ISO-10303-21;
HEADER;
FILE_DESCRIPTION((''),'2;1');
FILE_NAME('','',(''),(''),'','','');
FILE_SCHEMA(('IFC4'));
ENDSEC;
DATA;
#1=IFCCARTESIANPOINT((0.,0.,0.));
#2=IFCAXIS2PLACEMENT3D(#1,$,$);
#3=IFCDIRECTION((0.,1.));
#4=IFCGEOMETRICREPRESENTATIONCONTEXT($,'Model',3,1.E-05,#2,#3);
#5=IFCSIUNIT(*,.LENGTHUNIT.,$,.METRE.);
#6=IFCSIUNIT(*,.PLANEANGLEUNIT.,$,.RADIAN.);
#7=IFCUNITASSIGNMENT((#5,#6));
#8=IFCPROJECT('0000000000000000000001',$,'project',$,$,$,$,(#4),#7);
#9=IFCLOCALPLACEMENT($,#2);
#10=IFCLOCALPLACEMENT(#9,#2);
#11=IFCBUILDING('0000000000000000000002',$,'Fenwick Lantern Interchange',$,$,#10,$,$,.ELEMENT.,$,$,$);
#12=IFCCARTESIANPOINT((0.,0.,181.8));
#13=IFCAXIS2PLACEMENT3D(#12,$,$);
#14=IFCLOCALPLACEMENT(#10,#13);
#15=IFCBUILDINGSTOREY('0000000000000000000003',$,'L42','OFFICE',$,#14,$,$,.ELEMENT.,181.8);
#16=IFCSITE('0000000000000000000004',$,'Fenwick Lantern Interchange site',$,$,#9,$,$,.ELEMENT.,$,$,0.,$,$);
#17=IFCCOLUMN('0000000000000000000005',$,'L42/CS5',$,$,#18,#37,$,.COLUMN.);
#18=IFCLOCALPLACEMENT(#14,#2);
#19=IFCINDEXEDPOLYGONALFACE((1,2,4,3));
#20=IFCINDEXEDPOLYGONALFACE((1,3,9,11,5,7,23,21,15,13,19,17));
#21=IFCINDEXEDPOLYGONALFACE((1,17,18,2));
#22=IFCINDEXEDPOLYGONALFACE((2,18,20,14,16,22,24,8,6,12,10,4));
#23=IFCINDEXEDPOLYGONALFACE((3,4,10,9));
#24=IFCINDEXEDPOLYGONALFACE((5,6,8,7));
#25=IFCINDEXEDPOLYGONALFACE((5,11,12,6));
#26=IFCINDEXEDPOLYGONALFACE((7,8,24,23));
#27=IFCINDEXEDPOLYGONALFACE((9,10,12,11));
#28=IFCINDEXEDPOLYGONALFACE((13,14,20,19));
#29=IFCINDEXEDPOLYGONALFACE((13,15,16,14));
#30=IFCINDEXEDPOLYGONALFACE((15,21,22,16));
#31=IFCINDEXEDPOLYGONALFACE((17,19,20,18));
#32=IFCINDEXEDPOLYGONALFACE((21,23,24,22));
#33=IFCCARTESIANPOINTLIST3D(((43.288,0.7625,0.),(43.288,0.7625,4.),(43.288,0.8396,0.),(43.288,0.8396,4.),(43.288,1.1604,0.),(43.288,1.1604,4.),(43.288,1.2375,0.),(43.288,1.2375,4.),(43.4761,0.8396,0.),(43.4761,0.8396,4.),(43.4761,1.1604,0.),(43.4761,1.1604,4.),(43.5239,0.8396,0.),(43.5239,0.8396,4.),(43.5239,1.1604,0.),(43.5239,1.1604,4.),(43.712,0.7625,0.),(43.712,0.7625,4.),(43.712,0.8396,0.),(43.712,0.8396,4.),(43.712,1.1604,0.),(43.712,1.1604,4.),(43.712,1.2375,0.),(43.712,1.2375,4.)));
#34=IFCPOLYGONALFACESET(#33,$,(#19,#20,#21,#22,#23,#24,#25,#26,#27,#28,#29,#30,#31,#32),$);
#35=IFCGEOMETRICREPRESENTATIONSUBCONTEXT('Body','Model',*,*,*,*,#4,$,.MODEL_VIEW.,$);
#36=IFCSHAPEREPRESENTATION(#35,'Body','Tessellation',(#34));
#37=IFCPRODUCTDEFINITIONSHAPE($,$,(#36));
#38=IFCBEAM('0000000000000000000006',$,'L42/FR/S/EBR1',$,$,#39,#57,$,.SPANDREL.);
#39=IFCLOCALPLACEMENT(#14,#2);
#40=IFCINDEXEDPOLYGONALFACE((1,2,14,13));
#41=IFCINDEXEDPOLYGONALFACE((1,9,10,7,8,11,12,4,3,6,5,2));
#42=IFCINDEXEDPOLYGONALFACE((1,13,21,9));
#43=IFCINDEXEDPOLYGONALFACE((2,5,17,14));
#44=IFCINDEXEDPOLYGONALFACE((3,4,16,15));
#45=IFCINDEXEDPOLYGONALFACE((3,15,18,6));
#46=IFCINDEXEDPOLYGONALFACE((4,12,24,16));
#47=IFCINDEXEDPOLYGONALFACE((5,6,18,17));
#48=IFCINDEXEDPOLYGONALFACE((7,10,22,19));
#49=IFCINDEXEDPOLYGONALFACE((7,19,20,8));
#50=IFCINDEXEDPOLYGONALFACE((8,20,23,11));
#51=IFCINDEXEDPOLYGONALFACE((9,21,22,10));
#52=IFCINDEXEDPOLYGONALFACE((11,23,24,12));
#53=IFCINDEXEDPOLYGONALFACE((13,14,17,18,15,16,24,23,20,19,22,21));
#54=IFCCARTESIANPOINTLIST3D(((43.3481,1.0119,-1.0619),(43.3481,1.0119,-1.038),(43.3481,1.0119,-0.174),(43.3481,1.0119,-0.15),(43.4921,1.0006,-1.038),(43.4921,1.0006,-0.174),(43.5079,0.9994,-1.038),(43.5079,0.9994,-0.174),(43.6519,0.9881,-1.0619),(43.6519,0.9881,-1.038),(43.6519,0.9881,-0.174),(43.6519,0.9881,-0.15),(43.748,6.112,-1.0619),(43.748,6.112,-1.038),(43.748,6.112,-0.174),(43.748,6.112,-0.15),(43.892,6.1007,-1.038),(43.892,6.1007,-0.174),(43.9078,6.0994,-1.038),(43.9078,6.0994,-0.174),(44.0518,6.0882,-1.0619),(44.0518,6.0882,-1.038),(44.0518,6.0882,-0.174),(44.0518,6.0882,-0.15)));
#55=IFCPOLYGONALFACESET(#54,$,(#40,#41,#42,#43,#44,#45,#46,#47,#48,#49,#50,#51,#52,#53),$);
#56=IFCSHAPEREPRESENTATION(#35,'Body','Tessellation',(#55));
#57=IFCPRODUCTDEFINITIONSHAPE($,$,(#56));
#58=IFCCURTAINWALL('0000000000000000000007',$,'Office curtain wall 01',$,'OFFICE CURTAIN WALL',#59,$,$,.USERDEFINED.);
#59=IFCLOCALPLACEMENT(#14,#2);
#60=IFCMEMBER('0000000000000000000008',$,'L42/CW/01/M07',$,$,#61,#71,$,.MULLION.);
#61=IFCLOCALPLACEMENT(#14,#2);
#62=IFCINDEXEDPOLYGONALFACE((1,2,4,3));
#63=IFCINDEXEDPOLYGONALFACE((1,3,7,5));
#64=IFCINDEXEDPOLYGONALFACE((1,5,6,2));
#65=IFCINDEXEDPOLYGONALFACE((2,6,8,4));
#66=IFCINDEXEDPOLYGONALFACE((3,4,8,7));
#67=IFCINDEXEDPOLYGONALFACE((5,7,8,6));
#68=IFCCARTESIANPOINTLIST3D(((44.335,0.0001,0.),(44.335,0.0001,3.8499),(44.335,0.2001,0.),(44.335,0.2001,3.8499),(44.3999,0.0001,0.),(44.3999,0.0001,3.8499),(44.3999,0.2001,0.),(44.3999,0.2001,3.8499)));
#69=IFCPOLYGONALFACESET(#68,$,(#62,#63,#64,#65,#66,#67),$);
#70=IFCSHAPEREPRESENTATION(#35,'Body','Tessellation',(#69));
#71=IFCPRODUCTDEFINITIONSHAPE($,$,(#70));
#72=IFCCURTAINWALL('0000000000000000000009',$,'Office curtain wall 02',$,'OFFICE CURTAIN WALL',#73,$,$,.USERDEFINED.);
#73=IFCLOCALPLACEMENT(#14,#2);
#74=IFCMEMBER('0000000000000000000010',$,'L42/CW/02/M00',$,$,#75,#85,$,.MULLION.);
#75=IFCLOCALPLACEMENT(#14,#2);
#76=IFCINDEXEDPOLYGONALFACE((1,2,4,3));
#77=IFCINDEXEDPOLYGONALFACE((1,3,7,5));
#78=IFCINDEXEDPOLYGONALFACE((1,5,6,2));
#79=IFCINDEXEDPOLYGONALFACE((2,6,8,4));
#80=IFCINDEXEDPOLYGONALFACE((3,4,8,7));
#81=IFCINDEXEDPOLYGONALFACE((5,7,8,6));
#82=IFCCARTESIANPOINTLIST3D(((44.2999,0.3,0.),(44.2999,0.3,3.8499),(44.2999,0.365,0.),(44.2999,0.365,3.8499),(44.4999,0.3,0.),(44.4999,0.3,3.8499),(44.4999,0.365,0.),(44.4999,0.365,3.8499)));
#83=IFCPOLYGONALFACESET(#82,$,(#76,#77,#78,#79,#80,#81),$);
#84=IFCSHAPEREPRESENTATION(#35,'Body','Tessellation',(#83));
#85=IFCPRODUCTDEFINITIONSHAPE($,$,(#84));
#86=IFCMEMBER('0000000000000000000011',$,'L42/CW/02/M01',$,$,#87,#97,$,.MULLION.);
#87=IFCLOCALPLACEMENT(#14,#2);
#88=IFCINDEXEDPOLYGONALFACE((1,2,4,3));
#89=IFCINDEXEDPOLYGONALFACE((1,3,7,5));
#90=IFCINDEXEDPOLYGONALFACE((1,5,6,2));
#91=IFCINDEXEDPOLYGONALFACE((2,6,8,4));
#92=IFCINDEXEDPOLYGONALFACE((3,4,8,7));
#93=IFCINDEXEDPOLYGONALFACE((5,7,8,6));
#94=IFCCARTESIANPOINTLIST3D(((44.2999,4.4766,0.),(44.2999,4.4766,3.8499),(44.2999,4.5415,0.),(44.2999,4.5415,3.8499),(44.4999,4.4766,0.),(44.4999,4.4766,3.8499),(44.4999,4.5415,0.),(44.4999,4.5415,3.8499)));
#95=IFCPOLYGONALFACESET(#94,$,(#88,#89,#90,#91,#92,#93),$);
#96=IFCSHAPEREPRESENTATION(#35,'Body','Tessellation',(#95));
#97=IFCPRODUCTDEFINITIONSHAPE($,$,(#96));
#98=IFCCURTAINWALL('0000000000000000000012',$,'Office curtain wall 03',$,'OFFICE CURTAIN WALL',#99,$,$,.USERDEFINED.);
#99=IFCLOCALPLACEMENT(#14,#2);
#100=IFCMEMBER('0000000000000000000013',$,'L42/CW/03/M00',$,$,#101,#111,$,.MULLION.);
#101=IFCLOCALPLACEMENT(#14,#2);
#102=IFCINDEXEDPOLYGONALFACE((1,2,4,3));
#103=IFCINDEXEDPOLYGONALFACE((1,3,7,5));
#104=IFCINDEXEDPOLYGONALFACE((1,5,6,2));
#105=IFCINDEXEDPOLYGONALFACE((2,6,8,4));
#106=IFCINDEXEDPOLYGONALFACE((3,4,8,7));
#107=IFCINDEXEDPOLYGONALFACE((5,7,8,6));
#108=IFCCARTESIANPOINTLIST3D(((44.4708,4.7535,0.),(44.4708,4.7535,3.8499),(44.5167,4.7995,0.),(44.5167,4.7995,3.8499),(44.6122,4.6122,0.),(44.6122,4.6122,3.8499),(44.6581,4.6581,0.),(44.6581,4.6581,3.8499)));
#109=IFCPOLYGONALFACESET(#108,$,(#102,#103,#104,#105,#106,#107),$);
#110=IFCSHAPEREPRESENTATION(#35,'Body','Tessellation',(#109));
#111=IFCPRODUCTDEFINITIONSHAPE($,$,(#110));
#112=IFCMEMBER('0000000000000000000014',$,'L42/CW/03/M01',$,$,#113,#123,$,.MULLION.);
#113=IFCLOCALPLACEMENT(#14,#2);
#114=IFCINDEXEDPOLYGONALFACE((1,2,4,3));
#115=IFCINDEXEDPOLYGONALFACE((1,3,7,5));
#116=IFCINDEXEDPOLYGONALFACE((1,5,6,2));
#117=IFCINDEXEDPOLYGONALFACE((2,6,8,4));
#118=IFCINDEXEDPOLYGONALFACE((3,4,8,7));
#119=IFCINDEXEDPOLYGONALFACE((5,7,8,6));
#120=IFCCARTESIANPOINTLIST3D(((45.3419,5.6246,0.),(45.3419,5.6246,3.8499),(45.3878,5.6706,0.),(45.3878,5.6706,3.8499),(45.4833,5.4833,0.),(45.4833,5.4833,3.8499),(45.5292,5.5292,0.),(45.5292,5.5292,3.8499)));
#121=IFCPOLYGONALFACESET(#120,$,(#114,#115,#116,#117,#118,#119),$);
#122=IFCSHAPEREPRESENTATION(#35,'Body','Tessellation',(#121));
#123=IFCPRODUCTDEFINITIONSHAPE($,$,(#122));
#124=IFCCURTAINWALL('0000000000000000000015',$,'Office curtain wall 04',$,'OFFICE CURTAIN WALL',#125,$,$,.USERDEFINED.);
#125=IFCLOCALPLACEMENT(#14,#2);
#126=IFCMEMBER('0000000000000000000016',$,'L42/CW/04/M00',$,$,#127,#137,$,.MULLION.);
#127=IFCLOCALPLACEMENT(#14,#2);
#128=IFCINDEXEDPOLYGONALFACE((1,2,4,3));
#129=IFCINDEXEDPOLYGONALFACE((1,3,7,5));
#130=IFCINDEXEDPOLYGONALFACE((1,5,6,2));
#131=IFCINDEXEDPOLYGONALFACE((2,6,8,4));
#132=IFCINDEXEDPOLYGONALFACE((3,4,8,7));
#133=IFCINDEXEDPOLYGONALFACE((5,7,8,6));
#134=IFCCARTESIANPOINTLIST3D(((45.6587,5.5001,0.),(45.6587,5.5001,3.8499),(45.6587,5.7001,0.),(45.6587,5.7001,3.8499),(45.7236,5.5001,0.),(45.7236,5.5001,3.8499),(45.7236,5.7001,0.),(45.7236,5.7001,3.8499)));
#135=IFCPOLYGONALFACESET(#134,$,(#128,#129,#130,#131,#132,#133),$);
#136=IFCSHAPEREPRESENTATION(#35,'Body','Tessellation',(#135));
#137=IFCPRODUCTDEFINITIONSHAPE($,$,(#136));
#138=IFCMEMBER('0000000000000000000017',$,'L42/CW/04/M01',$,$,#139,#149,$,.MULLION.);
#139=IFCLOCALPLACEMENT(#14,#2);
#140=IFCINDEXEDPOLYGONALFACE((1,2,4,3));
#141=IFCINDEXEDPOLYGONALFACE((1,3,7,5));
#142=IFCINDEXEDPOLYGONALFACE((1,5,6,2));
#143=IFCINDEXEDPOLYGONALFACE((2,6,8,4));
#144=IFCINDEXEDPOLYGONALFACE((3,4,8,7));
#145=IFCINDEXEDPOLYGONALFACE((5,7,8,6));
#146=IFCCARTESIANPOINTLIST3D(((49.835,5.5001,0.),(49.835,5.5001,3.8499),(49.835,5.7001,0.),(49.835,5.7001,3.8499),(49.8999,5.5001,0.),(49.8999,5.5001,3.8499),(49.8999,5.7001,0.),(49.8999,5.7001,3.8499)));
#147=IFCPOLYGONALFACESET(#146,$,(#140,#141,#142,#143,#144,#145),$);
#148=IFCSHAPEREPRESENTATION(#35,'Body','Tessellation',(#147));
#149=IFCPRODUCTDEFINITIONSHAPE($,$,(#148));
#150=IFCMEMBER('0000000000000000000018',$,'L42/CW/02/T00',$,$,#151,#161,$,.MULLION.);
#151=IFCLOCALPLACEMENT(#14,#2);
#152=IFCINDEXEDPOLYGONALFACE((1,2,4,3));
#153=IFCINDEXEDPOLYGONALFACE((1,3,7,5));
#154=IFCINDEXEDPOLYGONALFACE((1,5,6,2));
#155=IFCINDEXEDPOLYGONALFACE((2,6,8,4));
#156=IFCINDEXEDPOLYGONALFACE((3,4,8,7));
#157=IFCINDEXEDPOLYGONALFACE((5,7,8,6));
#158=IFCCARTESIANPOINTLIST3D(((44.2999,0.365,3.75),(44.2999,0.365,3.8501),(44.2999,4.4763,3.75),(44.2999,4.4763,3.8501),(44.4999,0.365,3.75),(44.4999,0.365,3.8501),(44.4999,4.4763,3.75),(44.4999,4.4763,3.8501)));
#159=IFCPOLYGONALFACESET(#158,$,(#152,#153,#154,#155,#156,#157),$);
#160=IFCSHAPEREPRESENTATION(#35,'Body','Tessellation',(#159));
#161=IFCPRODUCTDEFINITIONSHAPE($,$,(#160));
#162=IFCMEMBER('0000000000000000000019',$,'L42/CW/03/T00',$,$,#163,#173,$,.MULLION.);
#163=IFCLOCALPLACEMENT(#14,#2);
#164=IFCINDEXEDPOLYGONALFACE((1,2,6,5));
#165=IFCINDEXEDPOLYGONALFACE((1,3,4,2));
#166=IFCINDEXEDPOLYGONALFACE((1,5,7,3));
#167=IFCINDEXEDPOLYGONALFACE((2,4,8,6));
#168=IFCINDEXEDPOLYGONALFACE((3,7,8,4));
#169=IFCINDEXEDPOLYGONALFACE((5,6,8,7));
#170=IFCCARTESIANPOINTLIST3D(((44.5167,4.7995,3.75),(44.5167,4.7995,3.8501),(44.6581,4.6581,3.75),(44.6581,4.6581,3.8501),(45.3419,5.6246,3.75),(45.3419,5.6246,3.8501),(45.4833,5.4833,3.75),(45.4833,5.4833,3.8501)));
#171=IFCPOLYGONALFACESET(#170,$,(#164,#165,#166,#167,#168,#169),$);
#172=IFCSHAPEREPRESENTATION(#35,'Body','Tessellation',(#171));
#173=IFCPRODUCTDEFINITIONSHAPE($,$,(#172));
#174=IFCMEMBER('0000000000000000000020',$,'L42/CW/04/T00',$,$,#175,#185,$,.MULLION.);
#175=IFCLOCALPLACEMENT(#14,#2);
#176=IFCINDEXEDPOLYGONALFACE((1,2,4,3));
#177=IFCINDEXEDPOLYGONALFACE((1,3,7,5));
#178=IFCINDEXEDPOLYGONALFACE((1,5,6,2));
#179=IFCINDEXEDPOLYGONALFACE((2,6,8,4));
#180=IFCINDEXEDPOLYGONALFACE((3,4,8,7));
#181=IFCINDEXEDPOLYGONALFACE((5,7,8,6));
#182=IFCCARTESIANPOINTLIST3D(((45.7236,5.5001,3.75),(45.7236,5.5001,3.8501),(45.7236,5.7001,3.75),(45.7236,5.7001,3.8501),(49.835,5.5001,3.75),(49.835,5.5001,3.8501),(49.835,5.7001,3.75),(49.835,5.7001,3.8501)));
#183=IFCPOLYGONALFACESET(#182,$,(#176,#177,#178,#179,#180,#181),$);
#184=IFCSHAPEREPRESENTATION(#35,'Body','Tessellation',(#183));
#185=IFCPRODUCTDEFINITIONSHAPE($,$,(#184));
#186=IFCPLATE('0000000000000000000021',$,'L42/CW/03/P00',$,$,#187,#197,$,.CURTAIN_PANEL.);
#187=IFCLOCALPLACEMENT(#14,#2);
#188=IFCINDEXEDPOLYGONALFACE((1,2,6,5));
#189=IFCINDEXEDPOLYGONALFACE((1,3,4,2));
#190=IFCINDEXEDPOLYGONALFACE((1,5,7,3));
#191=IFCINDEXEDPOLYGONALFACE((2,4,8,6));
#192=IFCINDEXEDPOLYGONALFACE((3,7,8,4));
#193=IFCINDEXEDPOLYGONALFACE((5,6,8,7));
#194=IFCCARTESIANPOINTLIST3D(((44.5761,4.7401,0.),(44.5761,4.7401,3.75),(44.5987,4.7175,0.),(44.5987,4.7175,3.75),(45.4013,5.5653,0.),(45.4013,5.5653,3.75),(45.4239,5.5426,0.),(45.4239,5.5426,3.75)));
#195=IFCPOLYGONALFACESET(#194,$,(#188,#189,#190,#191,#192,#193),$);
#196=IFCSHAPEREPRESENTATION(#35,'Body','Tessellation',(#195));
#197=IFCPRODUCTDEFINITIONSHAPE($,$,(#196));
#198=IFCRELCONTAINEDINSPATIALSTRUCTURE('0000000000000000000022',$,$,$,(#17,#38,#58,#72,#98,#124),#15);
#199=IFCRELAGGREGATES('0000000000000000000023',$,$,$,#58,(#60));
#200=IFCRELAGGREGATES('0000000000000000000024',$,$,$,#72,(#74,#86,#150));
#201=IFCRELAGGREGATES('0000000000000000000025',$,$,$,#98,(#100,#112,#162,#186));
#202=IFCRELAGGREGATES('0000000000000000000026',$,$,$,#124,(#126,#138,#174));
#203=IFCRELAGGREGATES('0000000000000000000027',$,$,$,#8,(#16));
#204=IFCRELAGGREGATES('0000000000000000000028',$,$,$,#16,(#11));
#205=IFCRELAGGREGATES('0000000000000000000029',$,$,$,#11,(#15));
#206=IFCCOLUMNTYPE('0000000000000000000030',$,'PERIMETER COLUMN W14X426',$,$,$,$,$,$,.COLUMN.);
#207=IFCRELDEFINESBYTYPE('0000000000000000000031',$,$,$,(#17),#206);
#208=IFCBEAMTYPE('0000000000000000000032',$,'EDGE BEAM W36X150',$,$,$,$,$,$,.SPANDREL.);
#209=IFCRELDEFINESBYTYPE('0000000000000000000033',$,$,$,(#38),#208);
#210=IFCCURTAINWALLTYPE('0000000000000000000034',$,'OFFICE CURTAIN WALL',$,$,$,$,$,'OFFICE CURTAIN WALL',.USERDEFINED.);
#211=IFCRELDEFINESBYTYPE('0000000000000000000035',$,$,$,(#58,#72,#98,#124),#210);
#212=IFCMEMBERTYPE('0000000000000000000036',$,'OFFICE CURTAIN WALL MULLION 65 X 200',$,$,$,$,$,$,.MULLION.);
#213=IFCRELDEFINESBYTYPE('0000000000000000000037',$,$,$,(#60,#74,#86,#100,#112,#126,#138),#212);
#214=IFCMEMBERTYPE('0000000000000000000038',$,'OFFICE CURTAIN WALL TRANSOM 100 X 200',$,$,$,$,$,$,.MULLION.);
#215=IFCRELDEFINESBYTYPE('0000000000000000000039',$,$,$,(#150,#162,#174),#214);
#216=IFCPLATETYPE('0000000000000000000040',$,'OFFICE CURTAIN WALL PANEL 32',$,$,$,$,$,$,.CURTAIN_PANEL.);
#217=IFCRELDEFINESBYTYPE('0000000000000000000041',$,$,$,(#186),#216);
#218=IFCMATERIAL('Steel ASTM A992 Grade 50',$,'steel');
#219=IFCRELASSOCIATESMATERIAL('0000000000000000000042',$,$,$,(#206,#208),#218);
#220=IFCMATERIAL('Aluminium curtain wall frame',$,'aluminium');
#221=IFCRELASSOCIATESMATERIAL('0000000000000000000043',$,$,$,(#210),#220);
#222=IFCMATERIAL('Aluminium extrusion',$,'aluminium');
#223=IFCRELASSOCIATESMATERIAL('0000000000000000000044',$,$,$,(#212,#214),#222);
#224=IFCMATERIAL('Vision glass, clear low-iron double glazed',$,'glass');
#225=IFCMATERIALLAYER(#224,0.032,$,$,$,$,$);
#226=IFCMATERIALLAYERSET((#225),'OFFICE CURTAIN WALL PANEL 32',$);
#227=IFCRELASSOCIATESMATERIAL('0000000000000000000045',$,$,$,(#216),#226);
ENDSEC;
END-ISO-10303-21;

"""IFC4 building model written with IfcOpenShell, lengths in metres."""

from ifc_helpers import new_model, si_unit, direction, frame, origin, origin_2d, place, context, subcontext, project, spatial, rectangle, i_section, extrude, material, layer, layer_set, material_profile, profile_set, type_object, element, aggregate, save


model = new_model("IFC4")

# Units and contexts
model_context = context("Model", 3, precision=1e-05, world=origin(), true_north=direction((0.0, 1.0)))
body_context = subcontext(model_context, "Body", "Model", "MODEL_VIEW")
ifc_project = project(units=[si_unit("LENGTHUNIT", "METRE"), si_unit("PLANEANGLEUNIT", "RADIAN")], contexts=[model_context])

# Site, building, storey
site_placement = place(None, origin())
site = spatial("IfcSite", under=ifc_project, at=site_placement, Name="Fenwick Lantern Interchange site", CompositionType="ELEMENT", RefElevation=0.0)
building_placement = place(site_placement, origin())
building = spatial("IfcBuilding", under=site, at=building_placement, Name="Fenwick Lantern Interchange", CompositionType="ELEMENT")
storey_placement = place(building_placement, frame((0.0, 0.0, 181.8)))
storey = spatial("IfcBuildingStorey", under=building, at=storey_placement, Name="L42", Description="OFFICE", CompositionType="ELEMENT", Elevation=181.8)

# Column
ifc_material_1 = material(Name="Steel ASTM A992 Grade 50", Category="steel")
ifc_material_profile_1 = material_profile(ifc_material_1, i_section(OverallWidth=0.4241, OverallDepth=0.4751, WebThickness=0.0479, FlangeThickness=0.0771, at=origin_2d()), Name="W14X426")
ifc_profile_set_1 = profile_set([ifc_material_profile_1], Name="Steel ASTM A992 Grade 50")
column_type = type_object("IfcColumnType", Name="PERIMETER COLUMN W14X426", PredefinedType="COLUMN", material=ifc_profile_set_1)
column_placement = place(storey_placement, frame((43.5, 1.0, 0.0), z_axis=(0.0, 0.0, 1.0), x_axis=(1.0, 0.0, 0.0)))
element("IfcColumn", 1, at=column_placement, inside=storey, type_object=column_type, Name="L42/CS5", PredefinedType="COLUMN", context=body_context, shape_type="SweptSolid", body=[
    extrude(i_section(OverallWidth=0.4241, OverallDepth=0.4751, WebThickness=0.0479, FlangeThickness=0.0771, at=origin_2d()), origin(), (0.0, 0.0, 1.0), 4.0),
])

# Beam
ifc_material_profile_2 = material_profile(ifc_material_1, i_section(OverallWidth=0.3047, OverallDepth=0.9119, WebThickness=0.0159, FlangeThickness=0.0239, at=origin_2d()), Name="W36X150")
ifc_profile_set_2 = profile_set([ifc_material_profile_2], Name="Steel ASTM A992 Grade 50")
beam_type = type_object("IfcBeamType", Name="EDGE BEAM W36X150", PredefinedType="SPANDREL", material=ifc_profile_set_2)
beam_placement = place(storey_placement, frame((43.5, 1.0, -0.606), z_axis=(0.078171, 0.99694, 0.0), x_axis=(-0.99694, 0.078171, 0.0)))
element("IfcBeam", 2, at=beam_placement, inside=storey, type_object=beam_type, Name="L42/FR/S/EBR1", PredefinedType="SPANDREL", context=body_context, shape_type="SweptSolid", body=[
    extrude(i_section(OverallWidth=0.3047, OverallDepth=0.9119, WebThickness=0.0159, FlangeThickness=0.0239, at=origin_2d()), origin(), (0.0, 0.0, 1.0), 5.1157),
])

# Curtain wall, member
ifc_material_2 = material(Name="Aluminium curtain wall frame", Category="aluminium")
curtain_wall_type = type_object("IfcCurtainWallType", Name="OFFICE CURTAIN WALL", ElementType="OFFICE CURTAIN WALL", PredefinedType="USERDEFINED", material=ifc_material_2)
curtain_wall_1_placement = place(storey_placement, origin())
curtain_wall_1 = element("IfcCurtainWall", 3, at=curtain_wall_1_placement, inside=storey, type_object=curtain_wall_type, Name="Office curtain wall 01", ObjectType="OFFICE CURTAIN WALL", PredefinedType="USERDEFINED")
ifc_material_3 = material(Name="Aluminium extrusion", Category="aluminium")
ifc_material_profile_3 = material_profile(ifc_material_3, rectangle(XDim=0.2, YDim=0.0649, at=origin_2d()), Name="OFFICE CURTAIN WALL MULLION 65 X 200")
ifc_profile_set_3 = profile_set([ifc_material_profile_3], Name="Aluminium extrusion")
member_type_1 = type_object("IfcMemberType", Name="OFFICE CURTAIN WALL MULLION 65 X 200", PredefinedType="MULLION", material=ifc_profile_set_3)
member_1_placement = place(storey_placement, frame((44.3674, 0.1001, 0.0), z_axis=(0.0, 0.0, 1.0), x_axis=(0.0, 1.0, 0.0)))
member_1 = element("IfcMember", 4, at=member_1_placement, type_object=member_type_1, Name="L42/CW/01/M07", PredefinedType="MULLION", context=body_context, shape_type="SweptSolid", body=[
    extrude(rectangle(XDim=0.2, YDim=0.0649, at=origin_2d()), origin(), (0.0, 0.0, 1.0), 3.8499),
])
aggregate(curtain_wall_1, [member_1])

# Curtain walls, members
curtain_wall_2_placement = place(storey_placement, origin())
curtain_wall_2 = element("IfcCurtainWall", 5, at=curtain_wall_2_placement, inside=storey, type_object=curtain_wall_type, Name="Office curtain wall 02", ObjectType="OFFICE CURTAIN WALL", PredefinedType="USERDEFINED")
member_2_placement = place(storey_placement, frame((44.3999, 0.3325, 0.0), z_axis=(0.0, 0.0, 1.0), x_axis=(-1.0, 0.0, 0.0)))
member_2 = element("IfcMember", 6, at=member_2_placement, type_object=member_type_1, Name="L42/CW/02/M00", PredefinedType="MULLION", context=body_context, shape_type="SweptSolid", body=[
    extrude(rectangle(XDim=0.2, YDim=0.0649, at=origin_2d()), origin(), (0.0, 0.0, 1.0), 3.8499),
])
member_3_placement = place(storey_placement, frame((44.3999, 4.509, 0.0), z_axis=(0.0, 0.0, 1.0), x_axis=(-1.0, 0.0, 0.0)))
member_3 = element("IfcMember", 7, at=member_3_placement, type_object=member_type_1, Name="L42/CW/02/M01", PredefinedType="MULLION", context=body_context, shape_type="SweptSolid", body=[
    extrude(rectangle(XDim=0.2, YDim=0.0649, at=origin_2d()), origin(), (0.0, 0.0, 1.0), 3.8499),
])
curtain_wall_3_placement = place(storey_placement, origin())
curtain_wall_3 = element("IfcCurtainWall", 8, at=curtain_wall_3_placement, inside=storey, type_object=curtain_wall_type, Name="Office curtain wall 03", ObjectType="OFFICE CURTAIN WALL", PredefinedType="USERDEFINED")
member_4_placement = place(storey_placement, frame((44.5645, 4.7058, 0.0), z_axis=(0.0, 0.0, 1.0), x_axis=(-0.707107, 0.707107, 0.0)))
member_4 = element("IfcMember", 9, at=member_4_placement, type_object=member_type_1, Name="L42/CW/03/M00", PredefinedType="MULLION", context=body_context, shape_type="SweptSolid", body=[
    extrude(rectangle(XDim=0.2, YDim=0.0649, at=origin_2d()), origin(), (0.0, 0.0, 1.0), 3.8499),
])
member_5_placement = place(storey_placement, frame((45.4355, 5.5769, 0.0), z_axis=(0.0, 0.0, 1.0), x_axis=(-0.707107, 0.707107, 0.0)))
member_5 = element("IfcMember", 10, at=member_5_placement, type_object=member_type_1, Name="L42/CW/03/M01", PredefinedType="MULLION", context=body_context, shape_type="SweptSolid", body=[
    extrude(rectangle(XDim=0.2, YDim=0.0649, at=origin_2d()), origin(), (0.0, 0.0, 1.0), 3.8499),
])
curtain_wall_4_placement = place(storey_placement, origin())
curtain_wall_4 = element("IfcCurtainWall", 11, at=curtain_wall_4_placement, inside=storey, type_object=curtain_wall_type, Name="Office curtain wall 04", ObjectType="OFFICE CURTAIN WALL", PredefinedType="USERDEFINED")
member_6_placement = place(storey_placement, frame((45.6912, 5.6001, 0.0), z_axis=(0.0, 0.0, 1.0), x_axis=(0.0, 1.0, 0.0)))
member_6 = element("IfcMember", 12, at=member_6_placement, type_object=member_type_1, Name="L42/CW/04/M00", PredefinedType="MULLION", context=body_context, shape_type="SweptSolid", body=[
    extrude(rectangle(XDim=0.2, YDim=0.0649, at=origin_2d()), origin(), (0.0, 0.0, 1.0), 3.8499),
])
member_7_placement = place(storey_placement, frame((49.8674, 5.6001, 0.0), z_axis=(0.0, 0.0, 1.0), x_axis=(0.0, 1.0, 0.0)))
member_7 = element("IfcMember", 13, at=member_7_placement, type_object=member_type_1, Name="L42/CW/04/M01", PredefinedType="MULLION", context=body_context, shape_type="SweptSolid", body=[
    extrude(rectangle(XDim=0.2, YDim=0.0649, at=origin_2d()), origin(), (0.0, 0.0, 1.0), 3.8499),
])

# Members
ifc_material_profile_4 = material_profile(ifc_material_3, rectangle(XDim=0.2, YDim=0.1001, at=origin_2d()), Name="OFFICE CURTAIN WALL TRANSOM 100 X 200")
ifc_profile_set_4 = profile_set([ifc_material_profile_4], Name="Aluminium extrusion")
member_type_2 = type_object("IfcMemberType", Name="OFFICE CURTAIN WALL TRANSOM 100 X 200", PredefinedType="MULLION", material=ifc_profile_set_4)
member_8_placement = place(storey_placement, frame((44.3999, 0.365, 3.8), z_axis=(0.0, 1.0, 0.0), x_axis=(-1.0, 0.0, 0.0)))
member_8 = element("IfcMember", 14, at=member_8_placement, type_object=member_type_2, Name="L42/CW/02/T00", PredefinedType="MULLION", context=body_context, shape_type="SweptSolid", body=[
    extrude(rectangle(XDim=0.2, YDim=0.1001, at=origin_2d()), origin(), (0.0, 0.0, 1.0), 4.1113),
])
member_9_placement = place(storey_placement, frame((44.5874, 4.7288, 3.8), z_axis=(0.707107, 0.707107, 0.0), x_axis=(-0.707107, 0.707107, 0.0)))
member_9 = element("IfcMember", 15, at=member_9_placement, type_object=member_type_2, Name="L42/CW/03/T00", PredefinedType="MULLION", context=body_context, shape_type="SweptSolid", body=[
    extrude(rectangle(XDim=0.2, YDim=0.1001, at=origin_2d()), origin(), (0.0, 0.0, 1.0), 1.167),
])
member_10_placement = place(storey_placement, frame((45.7236, 5.6001, 3.8), z_axis=(1.0, 0.0, 0.0), x_axis=(0.0, 1.0, 0.0)))
member_10 = element("IfcMember", 16, at=member_10_placement, type_object=member_type_2, Name="L42/CW/04/T00", PredefinedType="MULLION", context=body_context, shape_type="SweptSolid", body=[
    extrude(rectangle(XDim=0.2, YDim=0.1001, at=origin_2d()), origin(), (0.0, 0.0, 1.0), 4.1113),
])

# Plate
ifc_material_4 = material(Name="Vision glass, clear low-iron double glazed", Category="glass")
ifc_layer_1 = layer(ifc_material_4, 0.032)
ifc_layer_set_1 = layer_set([ifc_layer_1], Name="OFFICE CURTAIN WALL PANEL 32")
plate_type = type_object("IfcPlateType", Name="OFFICE CURTAIN WALL PANEL 32", PredefinedType="CURTAIN_PANEL", material=ifc_layer_set_1)
aggregate(curtain_wall_2, [member_2, member_3, member_8])
plate_1_placement = place(storey_placement, frame((45.0, 5.1414, 0.0), z_axis=(0.0, 0.0, 1.0), x_axis=(0.707107, 0.707107, 0.0)))
plate_1 = element("IfcPlate", 17, at=plate_1_placement, type_object=plate_type, Name="L42/CW/03/P00", PredefinedType="CURTAIN_PANEL", context=body_context, shape_type="SweptSolid", body=[
    extrude(rectangle(XDim=1.167, YDim=0.032, at=origin_2d()), origin(), (0.0, 0.0, 1.0), 3.75),
])
aggregate(curtain_wall_3, [member_4, member_5, member_9, plate_1])
aggregate(curtain_wall_4, [member_6, member_7, member_10])

save(model, "model.ifc")
